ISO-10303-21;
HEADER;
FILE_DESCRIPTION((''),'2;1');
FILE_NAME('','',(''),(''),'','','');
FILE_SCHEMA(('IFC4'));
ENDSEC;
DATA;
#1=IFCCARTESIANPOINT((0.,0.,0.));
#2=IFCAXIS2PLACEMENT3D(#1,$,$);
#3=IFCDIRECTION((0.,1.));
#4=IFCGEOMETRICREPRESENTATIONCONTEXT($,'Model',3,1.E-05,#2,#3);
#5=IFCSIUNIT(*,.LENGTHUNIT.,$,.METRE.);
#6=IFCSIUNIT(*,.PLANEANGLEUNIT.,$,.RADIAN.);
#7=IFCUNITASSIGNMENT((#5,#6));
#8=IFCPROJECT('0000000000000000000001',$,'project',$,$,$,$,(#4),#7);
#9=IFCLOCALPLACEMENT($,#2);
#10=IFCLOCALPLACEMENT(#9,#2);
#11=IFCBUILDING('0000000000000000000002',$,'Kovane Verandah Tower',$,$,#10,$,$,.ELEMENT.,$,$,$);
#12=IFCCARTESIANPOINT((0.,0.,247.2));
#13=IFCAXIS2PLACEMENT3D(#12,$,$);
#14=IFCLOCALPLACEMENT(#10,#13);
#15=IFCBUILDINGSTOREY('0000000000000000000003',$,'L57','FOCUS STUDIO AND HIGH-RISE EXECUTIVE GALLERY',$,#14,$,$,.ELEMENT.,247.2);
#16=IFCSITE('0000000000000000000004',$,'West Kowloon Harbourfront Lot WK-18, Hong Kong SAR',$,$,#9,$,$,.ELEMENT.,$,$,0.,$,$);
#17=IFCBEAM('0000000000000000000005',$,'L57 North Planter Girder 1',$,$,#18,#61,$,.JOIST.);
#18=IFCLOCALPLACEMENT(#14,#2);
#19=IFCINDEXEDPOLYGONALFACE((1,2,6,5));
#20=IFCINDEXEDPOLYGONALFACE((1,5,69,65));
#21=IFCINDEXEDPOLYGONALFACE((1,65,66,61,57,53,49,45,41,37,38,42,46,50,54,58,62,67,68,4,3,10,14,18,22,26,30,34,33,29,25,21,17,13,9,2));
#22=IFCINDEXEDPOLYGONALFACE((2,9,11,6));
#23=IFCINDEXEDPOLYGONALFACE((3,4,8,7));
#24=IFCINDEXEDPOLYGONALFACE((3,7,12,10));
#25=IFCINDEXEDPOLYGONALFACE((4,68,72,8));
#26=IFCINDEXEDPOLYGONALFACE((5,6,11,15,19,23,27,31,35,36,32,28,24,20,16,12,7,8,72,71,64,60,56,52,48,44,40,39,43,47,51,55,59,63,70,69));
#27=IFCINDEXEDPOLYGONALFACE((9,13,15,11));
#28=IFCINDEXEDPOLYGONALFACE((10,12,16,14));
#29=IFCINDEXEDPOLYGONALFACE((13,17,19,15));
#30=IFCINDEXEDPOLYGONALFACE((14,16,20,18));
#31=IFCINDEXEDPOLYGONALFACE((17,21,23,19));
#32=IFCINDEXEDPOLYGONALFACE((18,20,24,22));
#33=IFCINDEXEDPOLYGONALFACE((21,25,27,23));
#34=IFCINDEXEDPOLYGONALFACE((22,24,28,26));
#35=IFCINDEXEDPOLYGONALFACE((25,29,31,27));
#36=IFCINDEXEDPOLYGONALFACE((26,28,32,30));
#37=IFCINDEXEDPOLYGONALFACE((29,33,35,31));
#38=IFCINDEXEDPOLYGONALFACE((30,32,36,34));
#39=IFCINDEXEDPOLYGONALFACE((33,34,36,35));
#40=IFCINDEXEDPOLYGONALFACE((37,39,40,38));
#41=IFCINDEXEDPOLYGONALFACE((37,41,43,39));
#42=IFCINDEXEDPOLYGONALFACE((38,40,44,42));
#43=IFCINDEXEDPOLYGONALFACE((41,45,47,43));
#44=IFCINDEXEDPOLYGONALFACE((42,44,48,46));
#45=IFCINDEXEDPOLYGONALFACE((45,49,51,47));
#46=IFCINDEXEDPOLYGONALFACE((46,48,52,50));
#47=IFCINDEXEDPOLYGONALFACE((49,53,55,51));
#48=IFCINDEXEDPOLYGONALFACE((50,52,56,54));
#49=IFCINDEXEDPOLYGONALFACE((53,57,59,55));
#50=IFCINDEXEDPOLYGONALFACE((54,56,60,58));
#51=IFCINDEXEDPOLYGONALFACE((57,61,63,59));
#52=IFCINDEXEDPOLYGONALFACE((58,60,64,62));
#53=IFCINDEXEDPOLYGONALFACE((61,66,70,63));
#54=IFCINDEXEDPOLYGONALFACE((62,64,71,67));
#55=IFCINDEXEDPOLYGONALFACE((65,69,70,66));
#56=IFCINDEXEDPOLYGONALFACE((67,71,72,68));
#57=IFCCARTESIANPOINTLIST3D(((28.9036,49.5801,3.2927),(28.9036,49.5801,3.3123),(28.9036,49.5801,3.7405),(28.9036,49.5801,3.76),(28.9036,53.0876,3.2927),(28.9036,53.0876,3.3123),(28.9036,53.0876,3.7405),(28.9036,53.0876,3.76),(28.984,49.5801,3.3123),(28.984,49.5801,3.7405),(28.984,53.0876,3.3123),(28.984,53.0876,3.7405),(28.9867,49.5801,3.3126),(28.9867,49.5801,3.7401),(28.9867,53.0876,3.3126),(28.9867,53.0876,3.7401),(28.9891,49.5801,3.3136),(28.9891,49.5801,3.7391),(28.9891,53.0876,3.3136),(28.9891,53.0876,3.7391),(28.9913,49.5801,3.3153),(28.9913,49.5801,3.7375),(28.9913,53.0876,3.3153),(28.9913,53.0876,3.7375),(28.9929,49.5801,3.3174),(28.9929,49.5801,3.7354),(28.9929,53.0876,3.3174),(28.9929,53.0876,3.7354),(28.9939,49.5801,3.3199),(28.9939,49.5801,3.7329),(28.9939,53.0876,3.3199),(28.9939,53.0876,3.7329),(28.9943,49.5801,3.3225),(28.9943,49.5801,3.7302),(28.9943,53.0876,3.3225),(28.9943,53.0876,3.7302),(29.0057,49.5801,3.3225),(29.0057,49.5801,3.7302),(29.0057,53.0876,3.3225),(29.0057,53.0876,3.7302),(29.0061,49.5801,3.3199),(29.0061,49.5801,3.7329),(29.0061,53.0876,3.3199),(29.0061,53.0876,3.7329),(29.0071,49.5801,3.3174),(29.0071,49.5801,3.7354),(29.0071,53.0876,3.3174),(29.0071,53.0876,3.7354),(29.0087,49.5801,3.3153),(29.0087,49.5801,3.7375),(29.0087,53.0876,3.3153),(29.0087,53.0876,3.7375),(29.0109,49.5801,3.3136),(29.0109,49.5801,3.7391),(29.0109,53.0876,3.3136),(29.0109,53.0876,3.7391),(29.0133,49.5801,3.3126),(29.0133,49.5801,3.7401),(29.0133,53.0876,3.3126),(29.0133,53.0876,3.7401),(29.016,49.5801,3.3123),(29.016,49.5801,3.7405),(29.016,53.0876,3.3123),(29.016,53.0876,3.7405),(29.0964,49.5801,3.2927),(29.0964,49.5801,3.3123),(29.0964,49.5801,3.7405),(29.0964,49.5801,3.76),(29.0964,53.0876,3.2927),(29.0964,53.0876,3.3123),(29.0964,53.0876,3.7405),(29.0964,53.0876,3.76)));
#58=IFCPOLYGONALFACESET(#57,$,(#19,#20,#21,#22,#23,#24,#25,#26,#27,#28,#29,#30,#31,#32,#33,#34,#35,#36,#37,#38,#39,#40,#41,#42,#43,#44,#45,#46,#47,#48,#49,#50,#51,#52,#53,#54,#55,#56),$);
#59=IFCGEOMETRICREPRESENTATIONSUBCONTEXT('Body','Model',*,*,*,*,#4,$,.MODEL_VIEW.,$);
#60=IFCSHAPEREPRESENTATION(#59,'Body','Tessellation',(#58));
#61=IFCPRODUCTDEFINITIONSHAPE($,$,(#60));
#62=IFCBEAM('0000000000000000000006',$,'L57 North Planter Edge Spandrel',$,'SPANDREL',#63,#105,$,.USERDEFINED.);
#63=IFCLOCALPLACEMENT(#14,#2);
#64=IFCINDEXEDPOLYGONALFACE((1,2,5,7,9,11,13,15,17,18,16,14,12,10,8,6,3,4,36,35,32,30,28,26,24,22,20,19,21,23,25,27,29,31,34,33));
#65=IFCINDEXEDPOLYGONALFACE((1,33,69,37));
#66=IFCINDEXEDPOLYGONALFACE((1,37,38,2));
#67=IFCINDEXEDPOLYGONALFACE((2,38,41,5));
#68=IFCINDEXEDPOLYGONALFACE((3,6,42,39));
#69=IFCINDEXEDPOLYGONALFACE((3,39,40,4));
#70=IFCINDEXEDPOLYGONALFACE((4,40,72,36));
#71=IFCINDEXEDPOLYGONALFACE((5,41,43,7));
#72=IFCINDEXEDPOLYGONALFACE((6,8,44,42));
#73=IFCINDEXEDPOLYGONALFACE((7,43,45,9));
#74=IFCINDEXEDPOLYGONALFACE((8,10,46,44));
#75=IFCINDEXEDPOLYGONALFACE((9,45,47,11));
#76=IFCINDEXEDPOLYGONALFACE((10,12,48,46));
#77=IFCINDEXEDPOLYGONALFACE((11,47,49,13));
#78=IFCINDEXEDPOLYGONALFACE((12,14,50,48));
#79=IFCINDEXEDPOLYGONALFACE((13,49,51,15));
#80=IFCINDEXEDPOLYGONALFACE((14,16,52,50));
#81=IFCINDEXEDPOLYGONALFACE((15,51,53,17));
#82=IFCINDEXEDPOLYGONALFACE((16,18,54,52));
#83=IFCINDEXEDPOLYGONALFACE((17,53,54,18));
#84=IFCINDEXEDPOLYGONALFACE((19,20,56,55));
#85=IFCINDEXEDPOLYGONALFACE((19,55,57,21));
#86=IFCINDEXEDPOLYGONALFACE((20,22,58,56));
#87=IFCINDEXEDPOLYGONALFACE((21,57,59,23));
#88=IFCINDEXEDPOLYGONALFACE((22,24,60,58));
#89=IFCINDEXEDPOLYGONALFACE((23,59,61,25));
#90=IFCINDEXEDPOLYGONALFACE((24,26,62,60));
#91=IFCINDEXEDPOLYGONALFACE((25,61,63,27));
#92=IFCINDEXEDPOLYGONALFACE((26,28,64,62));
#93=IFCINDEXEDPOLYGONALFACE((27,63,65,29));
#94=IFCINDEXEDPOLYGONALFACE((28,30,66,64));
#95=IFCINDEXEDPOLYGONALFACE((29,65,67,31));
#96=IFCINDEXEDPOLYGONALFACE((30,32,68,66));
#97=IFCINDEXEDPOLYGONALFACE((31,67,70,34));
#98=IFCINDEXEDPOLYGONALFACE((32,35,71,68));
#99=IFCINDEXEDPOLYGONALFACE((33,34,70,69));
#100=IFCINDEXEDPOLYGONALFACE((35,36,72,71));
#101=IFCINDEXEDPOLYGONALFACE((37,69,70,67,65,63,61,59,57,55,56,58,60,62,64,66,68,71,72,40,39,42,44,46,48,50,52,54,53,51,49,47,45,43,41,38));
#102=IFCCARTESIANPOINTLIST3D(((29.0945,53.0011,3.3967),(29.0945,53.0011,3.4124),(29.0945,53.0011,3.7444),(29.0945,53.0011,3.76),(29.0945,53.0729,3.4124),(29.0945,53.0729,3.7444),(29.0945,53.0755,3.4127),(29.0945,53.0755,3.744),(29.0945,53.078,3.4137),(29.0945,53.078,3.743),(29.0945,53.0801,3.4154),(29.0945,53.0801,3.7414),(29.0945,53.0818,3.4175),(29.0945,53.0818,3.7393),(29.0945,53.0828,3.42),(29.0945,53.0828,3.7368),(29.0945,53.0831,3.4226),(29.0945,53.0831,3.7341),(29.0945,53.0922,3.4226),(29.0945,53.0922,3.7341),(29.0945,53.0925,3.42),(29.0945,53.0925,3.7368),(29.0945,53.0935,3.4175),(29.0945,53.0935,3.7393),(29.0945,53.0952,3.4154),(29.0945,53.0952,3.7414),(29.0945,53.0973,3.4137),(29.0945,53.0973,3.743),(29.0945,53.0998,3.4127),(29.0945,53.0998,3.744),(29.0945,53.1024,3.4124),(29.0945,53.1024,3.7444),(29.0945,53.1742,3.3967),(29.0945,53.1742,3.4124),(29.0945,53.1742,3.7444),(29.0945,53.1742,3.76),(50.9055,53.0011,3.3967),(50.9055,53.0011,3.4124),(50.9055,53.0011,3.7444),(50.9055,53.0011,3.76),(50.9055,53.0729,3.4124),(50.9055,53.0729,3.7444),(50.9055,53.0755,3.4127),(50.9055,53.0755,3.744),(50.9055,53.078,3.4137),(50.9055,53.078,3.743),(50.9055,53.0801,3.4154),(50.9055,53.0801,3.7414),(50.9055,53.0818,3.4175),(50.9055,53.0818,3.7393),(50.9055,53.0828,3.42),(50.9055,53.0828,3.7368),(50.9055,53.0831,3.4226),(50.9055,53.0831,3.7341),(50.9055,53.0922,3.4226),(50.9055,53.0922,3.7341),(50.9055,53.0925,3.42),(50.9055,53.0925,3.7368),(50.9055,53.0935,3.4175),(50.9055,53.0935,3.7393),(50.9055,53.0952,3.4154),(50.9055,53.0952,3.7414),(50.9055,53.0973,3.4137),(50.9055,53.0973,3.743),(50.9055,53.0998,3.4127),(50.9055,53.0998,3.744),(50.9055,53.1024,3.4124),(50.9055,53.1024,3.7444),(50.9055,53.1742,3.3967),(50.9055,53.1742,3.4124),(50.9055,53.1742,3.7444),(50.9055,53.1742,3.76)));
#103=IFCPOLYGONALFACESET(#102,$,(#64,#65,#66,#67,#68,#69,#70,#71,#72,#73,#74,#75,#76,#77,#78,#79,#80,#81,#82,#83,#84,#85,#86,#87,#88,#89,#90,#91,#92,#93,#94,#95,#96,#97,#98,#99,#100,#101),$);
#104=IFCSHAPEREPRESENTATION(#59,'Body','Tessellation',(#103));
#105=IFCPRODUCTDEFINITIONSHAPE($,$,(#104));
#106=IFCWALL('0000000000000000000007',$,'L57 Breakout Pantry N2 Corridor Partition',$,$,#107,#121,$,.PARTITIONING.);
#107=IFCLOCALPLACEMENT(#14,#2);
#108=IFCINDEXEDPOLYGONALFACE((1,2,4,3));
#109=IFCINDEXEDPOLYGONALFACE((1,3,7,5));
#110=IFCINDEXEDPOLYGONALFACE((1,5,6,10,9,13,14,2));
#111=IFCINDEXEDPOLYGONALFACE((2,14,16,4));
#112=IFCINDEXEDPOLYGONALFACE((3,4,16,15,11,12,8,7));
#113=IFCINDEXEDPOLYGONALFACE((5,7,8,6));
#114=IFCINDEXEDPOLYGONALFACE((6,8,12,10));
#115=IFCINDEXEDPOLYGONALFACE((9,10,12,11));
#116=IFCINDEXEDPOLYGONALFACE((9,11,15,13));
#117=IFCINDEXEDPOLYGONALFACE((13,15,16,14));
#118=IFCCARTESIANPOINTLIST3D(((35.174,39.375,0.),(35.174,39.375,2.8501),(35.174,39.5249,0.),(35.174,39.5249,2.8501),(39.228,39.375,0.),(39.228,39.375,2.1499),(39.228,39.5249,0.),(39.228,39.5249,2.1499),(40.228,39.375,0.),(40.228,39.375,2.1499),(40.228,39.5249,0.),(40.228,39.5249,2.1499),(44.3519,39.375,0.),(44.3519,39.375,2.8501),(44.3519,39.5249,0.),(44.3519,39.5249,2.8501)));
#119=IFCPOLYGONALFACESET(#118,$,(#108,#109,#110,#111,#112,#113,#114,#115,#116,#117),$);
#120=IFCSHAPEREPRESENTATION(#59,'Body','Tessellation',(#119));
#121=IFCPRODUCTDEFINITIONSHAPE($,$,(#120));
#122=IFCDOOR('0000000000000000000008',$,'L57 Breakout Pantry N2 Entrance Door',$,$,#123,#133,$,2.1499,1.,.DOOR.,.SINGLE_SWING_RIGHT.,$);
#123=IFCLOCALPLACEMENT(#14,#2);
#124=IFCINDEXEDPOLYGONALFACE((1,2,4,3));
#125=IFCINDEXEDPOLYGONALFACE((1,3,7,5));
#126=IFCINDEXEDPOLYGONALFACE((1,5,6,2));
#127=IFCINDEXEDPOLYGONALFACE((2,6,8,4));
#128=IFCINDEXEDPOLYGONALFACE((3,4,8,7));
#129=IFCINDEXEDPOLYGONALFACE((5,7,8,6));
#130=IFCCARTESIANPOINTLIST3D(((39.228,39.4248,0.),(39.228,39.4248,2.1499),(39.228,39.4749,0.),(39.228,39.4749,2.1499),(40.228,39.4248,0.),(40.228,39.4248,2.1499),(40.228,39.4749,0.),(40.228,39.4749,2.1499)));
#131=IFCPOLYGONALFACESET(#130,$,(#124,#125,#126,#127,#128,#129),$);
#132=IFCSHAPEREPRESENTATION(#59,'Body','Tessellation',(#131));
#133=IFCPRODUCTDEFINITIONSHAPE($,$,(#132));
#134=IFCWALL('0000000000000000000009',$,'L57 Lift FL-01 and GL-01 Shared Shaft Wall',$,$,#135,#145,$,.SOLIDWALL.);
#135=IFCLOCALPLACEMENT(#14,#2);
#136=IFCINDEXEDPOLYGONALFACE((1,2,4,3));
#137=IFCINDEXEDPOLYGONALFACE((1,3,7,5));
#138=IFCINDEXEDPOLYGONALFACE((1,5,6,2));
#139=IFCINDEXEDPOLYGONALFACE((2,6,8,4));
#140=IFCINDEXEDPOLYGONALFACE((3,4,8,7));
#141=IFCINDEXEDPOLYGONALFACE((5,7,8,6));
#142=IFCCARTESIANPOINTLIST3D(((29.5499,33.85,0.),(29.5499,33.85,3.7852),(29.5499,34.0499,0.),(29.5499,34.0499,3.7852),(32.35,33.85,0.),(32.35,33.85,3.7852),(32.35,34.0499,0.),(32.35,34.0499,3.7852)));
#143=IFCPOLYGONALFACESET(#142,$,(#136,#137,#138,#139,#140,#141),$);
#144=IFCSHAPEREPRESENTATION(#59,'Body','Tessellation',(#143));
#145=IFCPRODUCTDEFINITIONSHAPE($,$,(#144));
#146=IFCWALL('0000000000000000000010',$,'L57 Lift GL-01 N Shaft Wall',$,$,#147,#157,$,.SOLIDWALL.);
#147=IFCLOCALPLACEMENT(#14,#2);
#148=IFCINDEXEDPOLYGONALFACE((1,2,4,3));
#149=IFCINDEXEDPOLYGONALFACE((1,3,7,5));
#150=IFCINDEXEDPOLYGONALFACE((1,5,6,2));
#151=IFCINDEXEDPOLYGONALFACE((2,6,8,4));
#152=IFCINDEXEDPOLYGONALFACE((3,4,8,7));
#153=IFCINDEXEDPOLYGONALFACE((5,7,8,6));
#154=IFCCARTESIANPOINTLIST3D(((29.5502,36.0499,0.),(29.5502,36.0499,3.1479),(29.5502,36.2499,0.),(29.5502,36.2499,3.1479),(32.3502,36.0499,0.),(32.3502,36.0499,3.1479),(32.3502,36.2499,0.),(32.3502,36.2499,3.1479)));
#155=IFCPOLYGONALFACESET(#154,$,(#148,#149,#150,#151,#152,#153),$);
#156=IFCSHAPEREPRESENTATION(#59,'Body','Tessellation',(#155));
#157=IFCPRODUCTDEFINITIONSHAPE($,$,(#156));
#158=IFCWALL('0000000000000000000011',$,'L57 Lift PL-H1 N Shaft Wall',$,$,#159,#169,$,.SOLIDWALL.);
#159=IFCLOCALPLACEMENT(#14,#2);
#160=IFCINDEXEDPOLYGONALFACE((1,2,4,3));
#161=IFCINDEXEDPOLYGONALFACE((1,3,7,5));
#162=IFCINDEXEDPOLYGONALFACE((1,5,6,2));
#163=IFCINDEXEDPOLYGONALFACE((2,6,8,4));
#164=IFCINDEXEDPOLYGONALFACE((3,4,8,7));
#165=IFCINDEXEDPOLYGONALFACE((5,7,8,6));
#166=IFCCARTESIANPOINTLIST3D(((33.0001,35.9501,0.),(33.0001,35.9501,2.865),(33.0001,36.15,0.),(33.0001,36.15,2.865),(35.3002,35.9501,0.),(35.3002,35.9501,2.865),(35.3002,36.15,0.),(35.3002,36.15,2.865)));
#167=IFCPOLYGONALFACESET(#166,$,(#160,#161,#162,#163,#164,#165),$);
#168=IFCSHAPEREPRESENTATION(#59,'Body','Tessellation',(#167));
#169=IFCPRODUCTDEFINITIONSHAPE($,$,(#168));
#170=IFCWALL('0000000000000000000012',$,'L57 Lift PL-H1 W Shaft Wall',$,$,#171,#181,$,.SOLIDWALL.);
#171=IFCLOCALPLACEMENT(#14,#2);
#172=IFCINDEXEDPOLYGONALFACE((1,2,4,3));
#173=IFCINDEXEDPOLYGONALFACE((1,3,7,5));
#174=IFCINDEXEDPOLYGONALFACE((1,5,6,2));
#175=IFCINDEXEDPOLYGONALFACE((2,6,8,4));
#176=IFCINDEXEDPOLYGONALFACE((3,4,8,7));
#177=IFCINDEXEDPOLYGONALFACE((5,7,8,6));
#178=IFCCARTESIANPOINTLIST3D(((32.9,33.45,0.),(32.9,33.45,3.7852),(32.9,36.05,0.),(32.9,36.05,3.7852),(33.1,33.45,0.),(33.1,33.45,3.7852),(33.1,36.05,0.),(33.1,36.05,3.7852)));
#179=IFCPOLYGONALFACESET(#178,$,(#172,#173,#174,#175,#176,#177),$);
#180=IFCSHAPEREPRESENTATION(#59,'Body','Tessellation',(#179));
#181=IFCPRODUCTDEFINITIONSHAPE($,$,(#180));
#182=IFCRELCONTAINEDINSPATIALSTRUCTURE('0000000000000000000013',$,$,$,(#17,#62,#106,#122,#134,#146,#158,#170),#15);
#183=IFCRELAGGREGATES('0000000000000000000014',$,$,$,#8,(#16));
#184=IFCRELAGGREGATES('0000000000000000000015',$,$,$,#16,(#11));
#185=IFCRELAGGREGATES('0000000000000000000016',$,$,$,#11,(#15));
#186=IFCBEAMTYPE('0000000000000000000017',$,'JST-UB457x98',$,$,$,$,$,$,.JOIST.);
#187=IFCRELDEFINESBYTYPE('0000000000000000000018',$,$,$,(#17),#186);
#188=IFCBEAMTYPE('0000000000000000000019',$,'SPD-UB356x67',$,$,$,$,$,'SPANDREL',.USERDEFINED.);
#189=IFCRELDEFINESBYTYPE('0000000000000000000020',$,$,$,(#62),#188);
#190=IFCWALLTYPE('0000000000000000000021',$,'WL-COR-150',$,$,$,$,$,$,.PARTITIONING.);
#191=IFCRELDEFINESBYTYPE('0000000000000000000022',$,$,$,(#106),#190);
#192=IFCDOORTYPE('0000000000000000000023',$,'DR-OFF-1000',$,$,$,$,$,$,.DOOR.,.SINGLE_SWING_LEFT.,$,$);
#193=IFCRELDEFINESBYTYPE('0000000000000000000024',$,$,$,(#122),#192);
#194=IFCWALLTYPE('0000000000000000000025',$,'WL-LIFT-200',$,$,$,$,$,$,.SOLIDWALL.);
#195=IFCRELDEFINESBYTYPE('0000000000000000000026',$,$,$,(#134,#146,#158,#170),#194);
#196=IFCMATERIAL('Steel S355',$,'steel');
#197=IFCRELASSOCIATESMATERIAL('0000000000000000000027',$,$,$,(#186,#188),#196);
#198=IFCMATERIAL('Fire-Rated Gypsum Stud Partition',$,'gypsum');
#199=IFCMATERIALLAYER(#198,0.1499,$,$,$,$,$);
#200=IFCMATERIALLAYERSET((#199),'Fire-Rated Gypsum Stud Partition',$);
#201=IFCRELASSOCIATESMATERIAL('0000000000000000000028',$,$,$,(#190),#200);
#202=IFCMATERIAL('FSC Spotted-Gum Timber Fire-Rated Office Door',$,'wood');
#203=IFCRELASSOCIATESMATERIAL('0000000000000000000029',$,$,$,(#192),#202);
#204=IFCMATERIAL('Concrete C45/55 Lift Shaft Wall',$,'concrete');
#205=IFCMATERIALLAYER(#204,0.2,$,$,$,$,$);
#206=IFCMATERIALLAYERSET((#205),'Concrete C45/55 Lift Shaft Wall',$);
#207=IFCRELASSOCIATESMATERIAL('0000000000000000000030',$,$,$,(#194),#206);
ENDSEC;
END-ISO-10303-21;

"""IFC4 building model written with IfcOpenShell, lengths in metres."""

from ifc_helpers import new_model, si_unit, direction, frame, frame_2d, origin, origin_2d, place, context, subcontext, project, spatial, rectangle, i_section, extrude, material, layer, layer_set, material_profile, profile_set, type_object, element, fill, save


model = new_model("IFC4")

# Units and contexts
model_context = context("Model", 3, precision=1e-05, world=origin(), true_north=direction((0.0, 1.0)))
body_context = subcontext(model_context, "Body", "Model", "MODEL_VIEW")
ifc_project = project(units=[si_unit("LENGTHUNIT", "METRE"), si_unit("PLANEANGLEUNIT", "RADIAN")], contexts=[model_context])

# Site, building, storey
site_placement = place(None, origin())
site = spatial("IfcSite", under=ifc_project, at=site_placement, Name="West Kowloon Harbourfront Lot WK-18, Hong Kong SAR", CompositionType="ELEMENT", RefElevation=0.0)
building_placement = place(site_placement, origin())
building = spatial("IfcBuilding", under=site, at=building_placement, Name="Kovane Verandah Tower", CompositionType="ELEMENT")
storey_placement = place(building_placement, frame((0.0, 0.0, 247.2)))
storey = spatial("IfcBuildingStorey", under=building, at=storey_placement, Name="L57", Description="FOCUS STUDIO AND HIGH-RISE EXECUTIVE GALLERY", CompositionType="ELEMENT", Elevation=247.2)

# Beams
ifc_material_1 = material(Name="Steel S355", Category="steel")
ifc_material_profile_1 = material_profile(ifc_material_1, i_section(OverallWidth=0.1929, OverallDepth=0.4673, WebThickness=0.0115, FlangeThickness=0.0195, FilletRadius=0.0103, at=origin_2d()), Name="UB457x191x98")
ifc_profile_set_1 = profile_set([ifc_material_profile_1], Name="Steel S355")
beam_type_1 = type_object("IfcBeamType", Name="JST-UB457x98", PredefinedType="JOIST", material=ifc_profile_set_1)
beam_1_placement = place(storey_placement, frame((29.0, 49.5801, 3.5264), z_axis=(0.0, 1.0, 0.0), x_axis=(-1.0, 0.0, 0.0)))
element("IfcBeam", 1, at=beam_1_placement, inside=storey, type_object=beam_type_1, Name="L57 North Planter Girder 1", PredefinedType="JOIST", context=body_context, shape_type="SweptSolid", body=[
    extrude(i_section(OverallWidth=0.1929, OverallDepth=0.4673, WebThickness=0.0115, FlangeThickness=0.0195, FilletRadius=0.0103, at=origin_2d()), origin(), (0.0, 0.0, 1.0), 3.5076),
])
ifc_material_profile_2 = material_profile(ifc_material_1, i_section(OverallWidth=0.1731, OverallDepth=0.3633, WebThickness=0.009, FlangeThickness=0.0156, FilletRadius=0.0103, at=origin_2d()), Name="UB356x171x67")
ifc_profile_set_2 = profile_set([ifc_material_profile_2], Name="Steel S355")
beam_type_2 = type_object("IfcBeamType", Name="SPD-UB356x67", ElementType="SPANDREL", PredefinedType="USERDEFINED", material=ifc_profile_set_2)
beam_2_placement = place(storey_placement, frame((29.0945, 53.0876, 3.5784), z_axis=(1.0, 0.0, 0.0), x_axis=(0.0, 1.0, 0.0)))
element("IfcBeam", 2, at=beam_2_placement, inside=storey, type_object=beam_type_2, Name="L57 North Planter Edge Spandrel", ObjectType="SPANDREL", PredefinedType="USERDEFINED", context=body_context, shape_type="SweptSolid", body=[
    extrude(i_section(OverallWidth=0.1731, OverallDepth=0.3633, WebThickness=0.009, FlangeThickness=0.0156, FilletRadius=0.0103, at=origin_2d()), origin(), (0.0, 0.0, 1.0), 21.811),
])

# Wall, opening, door
ifc_material_2 = material(Name="Fire-Rated Gypsum Stud Partition", Category="gypsum")
ifc_layer_1 = layer(ifc_material_2, 0.1499)
ifc_layer_set_1 = layer_set([ifc_layer_1], Name="Fire-Rated Gypsum Stud Partition")
wall_type_1 = type_object("IfcWallType", Name="WL-COR-150", PredefinedType="PARTITIONING", material=ifc_layer_set_1)
wall_1_placement = place(storey_placement, frame((35.1741, 39.45, 0.0), z_axis=(0.0, 0.0, 1.0), x_axis=(1.0, 0.0, 0.0)))
wall_1 = element("IfcWall", 3, at=wall_1_placement, inside=storey, type_object=wall_type_1, Name="L57 Breakout Pantry N2 Corridor Partition", PredefinedType="PARTITIONING", context=body_context, shape_type="SweptSolid", body=[
    extrude(rectangle(XDim=9.178, YDim=0.1499, at=frame_2d((4.5889, 0.0))), origin(), (0.0, 0.0, 1.0), 2.8501),
])
opening_1_placement = place(wall_1_placement, frame((4.054, 0.0, 0.0)))
opening_1 = element("IfcOpeningElement", 4, at=opening_1_placement, cuts=wall_1, PredefinedType="OPENING", context=body_context, shape_type="SweptSolid", body=[
    extrude(rectangle(XDim=1.0, YDim=2.1499, at=frame_2d((0.5, 1.075))), frame((0.0, 0.075, 0.0), z_axis=(0.0, -1.0, 0.0), x_axis=(1.0, 0.0, 0.0)), (0.0, 0.0, 1.0), 0.1499),
])
ifc_material_3 = material(Name="FSC Spotted-Gum Timber Fire-Rated Office Door", Category="wood")
door_type_1 = type_object("IfcDoorType", Name="DR-OFF-1000", OperationType="SINGLE_SWING_LEFT", PredefinedType="DOOR", material=ifc_material_3)
door_1_placement = place(opening_1_placement, origin())
door_1 = element("IfcDoor", 5, at=door_1_placement, inside=storey, type_object=door_type_1, Name="L57 Breakout Pantry N2 Entrance Door", OperationType="SINGLE_SWING_RIGHT", OverallHeight=2.1499, OverallWidth=1.0, PredefinedType="DOOR", context=body_context, shape_type="SweptSolid", body=[
    extrude(rectangle(XDim=1.0, YDim=2.1499, at=frame_2d((0.5, 1.075))), frame((0.0, 0.0249, 0.0), z_axis=(0.0, -1.0, 0.0), x_axis=(1.0, 0.0, 0.0)), (0.0, 0.0, 1.0), 0.05),
])
fill(opening_1, door_1)

# Walls
ifc_material_4 = material(Name="Concrete C45/55 Lift Shaft Wall", Category="concrete")
ifc_layer_2 = layer(ifc_material_4, 0.2)
ifc_layer_set_2 = layer_set([ifc_layer_2], Name="Concrete C45/55 Lift Shaft Wall")
wall_type_2 = type_object("IfcWallType", Name="WL-LIFT-200", PredefinedType="SOLIDWALL", material=ifc_layer_set_2)
wall_2_placement = place(storey_placement, frame((29.55, 33.95, 0.0), z_axis=(0.0, 0.0, 1.0), x_axis=(1.0, 0.0, 0.0)))
element("IfcWall", 6, at=wall_2_placement, inside=storey, type_object=wall_type_2, Name="L57 Lift FL-01 and GL-01 Shared Shaft Wall", PredefinedType="SOLIDWALL", context=body_context, shape_type="SweptSolid", body=[
    extrude(rectangle(XDim=2.8, YDim=0.2, at=frame_2d((1.3999, 0.0))), origin(), (0.0, 0.0, 1.0), 3.7852),
])
wall_3_placement = place(storey_placement, frame((32.3501, 36.1499, 0.0), z_axis=(0.0, 0.0, 1.0), x_axis=(-1.0, 0.0, 0.0)))
element("IfcWall", 7, at=wall_3_placement, inside=storey, type_object=wall_type_2, Name="L57 Lift GL-01 N Shaft Wall", PredefinedType="SOLIDWALL", context=body_context, shape_type="SweptSolid", body=[
    extrude(rectangle(XDim=2.8, YDim=0.2, at=frame_2d((1.3999, 0.0))), origin(), (0.0, 0.0, 1.0), 3.1479),
])

# Walls
wall_4_placement = place(storey_placement, frame((35.3, 36.05, 0.0), z_axis=(0.0, 0.0, 1.0), x_axis=(-1.0, 0.0, 0.0)))
element("IfcWall", 8, at=wall_4_placement, inside=storey, type_object=wall_type_2, Name="L57 Lift PL-H1 N Shaft Wall", PredefinedType="SOLIDWALL", context=body_context, shape_type="SweptSolid", body=[
    extrude(rectangle(XDim=2.3, YDim=0.2, at=frame_2d((1.1499, 0.0))), origin(), (0.0, 0.0, 1.0), 2.865),
])
wall_5_placement = place(storey_placement, frame((33.0, 36.05, 0.0), z_axis=(0.0, 0.0, 1.0), x_axis=(0.0, -1.0, 0.0)))
element("IfcWall", 9, at=wall_5_placement, inside=storey, type_object=wall_type_2, Name="L57 Lift PL-H1 W Shaft Wall", PredefinedType="SOLIDWALL", context=body_context, shape_type="SweptSolid", body=[
    extrude(rectangle(XDim=2.6001, YDim=0.2, at=frame_2d((1.3, 0.0))), origin(), (0.0, 0.0, 1.0), 3.7852),
])

save(model, "model.ifc")
